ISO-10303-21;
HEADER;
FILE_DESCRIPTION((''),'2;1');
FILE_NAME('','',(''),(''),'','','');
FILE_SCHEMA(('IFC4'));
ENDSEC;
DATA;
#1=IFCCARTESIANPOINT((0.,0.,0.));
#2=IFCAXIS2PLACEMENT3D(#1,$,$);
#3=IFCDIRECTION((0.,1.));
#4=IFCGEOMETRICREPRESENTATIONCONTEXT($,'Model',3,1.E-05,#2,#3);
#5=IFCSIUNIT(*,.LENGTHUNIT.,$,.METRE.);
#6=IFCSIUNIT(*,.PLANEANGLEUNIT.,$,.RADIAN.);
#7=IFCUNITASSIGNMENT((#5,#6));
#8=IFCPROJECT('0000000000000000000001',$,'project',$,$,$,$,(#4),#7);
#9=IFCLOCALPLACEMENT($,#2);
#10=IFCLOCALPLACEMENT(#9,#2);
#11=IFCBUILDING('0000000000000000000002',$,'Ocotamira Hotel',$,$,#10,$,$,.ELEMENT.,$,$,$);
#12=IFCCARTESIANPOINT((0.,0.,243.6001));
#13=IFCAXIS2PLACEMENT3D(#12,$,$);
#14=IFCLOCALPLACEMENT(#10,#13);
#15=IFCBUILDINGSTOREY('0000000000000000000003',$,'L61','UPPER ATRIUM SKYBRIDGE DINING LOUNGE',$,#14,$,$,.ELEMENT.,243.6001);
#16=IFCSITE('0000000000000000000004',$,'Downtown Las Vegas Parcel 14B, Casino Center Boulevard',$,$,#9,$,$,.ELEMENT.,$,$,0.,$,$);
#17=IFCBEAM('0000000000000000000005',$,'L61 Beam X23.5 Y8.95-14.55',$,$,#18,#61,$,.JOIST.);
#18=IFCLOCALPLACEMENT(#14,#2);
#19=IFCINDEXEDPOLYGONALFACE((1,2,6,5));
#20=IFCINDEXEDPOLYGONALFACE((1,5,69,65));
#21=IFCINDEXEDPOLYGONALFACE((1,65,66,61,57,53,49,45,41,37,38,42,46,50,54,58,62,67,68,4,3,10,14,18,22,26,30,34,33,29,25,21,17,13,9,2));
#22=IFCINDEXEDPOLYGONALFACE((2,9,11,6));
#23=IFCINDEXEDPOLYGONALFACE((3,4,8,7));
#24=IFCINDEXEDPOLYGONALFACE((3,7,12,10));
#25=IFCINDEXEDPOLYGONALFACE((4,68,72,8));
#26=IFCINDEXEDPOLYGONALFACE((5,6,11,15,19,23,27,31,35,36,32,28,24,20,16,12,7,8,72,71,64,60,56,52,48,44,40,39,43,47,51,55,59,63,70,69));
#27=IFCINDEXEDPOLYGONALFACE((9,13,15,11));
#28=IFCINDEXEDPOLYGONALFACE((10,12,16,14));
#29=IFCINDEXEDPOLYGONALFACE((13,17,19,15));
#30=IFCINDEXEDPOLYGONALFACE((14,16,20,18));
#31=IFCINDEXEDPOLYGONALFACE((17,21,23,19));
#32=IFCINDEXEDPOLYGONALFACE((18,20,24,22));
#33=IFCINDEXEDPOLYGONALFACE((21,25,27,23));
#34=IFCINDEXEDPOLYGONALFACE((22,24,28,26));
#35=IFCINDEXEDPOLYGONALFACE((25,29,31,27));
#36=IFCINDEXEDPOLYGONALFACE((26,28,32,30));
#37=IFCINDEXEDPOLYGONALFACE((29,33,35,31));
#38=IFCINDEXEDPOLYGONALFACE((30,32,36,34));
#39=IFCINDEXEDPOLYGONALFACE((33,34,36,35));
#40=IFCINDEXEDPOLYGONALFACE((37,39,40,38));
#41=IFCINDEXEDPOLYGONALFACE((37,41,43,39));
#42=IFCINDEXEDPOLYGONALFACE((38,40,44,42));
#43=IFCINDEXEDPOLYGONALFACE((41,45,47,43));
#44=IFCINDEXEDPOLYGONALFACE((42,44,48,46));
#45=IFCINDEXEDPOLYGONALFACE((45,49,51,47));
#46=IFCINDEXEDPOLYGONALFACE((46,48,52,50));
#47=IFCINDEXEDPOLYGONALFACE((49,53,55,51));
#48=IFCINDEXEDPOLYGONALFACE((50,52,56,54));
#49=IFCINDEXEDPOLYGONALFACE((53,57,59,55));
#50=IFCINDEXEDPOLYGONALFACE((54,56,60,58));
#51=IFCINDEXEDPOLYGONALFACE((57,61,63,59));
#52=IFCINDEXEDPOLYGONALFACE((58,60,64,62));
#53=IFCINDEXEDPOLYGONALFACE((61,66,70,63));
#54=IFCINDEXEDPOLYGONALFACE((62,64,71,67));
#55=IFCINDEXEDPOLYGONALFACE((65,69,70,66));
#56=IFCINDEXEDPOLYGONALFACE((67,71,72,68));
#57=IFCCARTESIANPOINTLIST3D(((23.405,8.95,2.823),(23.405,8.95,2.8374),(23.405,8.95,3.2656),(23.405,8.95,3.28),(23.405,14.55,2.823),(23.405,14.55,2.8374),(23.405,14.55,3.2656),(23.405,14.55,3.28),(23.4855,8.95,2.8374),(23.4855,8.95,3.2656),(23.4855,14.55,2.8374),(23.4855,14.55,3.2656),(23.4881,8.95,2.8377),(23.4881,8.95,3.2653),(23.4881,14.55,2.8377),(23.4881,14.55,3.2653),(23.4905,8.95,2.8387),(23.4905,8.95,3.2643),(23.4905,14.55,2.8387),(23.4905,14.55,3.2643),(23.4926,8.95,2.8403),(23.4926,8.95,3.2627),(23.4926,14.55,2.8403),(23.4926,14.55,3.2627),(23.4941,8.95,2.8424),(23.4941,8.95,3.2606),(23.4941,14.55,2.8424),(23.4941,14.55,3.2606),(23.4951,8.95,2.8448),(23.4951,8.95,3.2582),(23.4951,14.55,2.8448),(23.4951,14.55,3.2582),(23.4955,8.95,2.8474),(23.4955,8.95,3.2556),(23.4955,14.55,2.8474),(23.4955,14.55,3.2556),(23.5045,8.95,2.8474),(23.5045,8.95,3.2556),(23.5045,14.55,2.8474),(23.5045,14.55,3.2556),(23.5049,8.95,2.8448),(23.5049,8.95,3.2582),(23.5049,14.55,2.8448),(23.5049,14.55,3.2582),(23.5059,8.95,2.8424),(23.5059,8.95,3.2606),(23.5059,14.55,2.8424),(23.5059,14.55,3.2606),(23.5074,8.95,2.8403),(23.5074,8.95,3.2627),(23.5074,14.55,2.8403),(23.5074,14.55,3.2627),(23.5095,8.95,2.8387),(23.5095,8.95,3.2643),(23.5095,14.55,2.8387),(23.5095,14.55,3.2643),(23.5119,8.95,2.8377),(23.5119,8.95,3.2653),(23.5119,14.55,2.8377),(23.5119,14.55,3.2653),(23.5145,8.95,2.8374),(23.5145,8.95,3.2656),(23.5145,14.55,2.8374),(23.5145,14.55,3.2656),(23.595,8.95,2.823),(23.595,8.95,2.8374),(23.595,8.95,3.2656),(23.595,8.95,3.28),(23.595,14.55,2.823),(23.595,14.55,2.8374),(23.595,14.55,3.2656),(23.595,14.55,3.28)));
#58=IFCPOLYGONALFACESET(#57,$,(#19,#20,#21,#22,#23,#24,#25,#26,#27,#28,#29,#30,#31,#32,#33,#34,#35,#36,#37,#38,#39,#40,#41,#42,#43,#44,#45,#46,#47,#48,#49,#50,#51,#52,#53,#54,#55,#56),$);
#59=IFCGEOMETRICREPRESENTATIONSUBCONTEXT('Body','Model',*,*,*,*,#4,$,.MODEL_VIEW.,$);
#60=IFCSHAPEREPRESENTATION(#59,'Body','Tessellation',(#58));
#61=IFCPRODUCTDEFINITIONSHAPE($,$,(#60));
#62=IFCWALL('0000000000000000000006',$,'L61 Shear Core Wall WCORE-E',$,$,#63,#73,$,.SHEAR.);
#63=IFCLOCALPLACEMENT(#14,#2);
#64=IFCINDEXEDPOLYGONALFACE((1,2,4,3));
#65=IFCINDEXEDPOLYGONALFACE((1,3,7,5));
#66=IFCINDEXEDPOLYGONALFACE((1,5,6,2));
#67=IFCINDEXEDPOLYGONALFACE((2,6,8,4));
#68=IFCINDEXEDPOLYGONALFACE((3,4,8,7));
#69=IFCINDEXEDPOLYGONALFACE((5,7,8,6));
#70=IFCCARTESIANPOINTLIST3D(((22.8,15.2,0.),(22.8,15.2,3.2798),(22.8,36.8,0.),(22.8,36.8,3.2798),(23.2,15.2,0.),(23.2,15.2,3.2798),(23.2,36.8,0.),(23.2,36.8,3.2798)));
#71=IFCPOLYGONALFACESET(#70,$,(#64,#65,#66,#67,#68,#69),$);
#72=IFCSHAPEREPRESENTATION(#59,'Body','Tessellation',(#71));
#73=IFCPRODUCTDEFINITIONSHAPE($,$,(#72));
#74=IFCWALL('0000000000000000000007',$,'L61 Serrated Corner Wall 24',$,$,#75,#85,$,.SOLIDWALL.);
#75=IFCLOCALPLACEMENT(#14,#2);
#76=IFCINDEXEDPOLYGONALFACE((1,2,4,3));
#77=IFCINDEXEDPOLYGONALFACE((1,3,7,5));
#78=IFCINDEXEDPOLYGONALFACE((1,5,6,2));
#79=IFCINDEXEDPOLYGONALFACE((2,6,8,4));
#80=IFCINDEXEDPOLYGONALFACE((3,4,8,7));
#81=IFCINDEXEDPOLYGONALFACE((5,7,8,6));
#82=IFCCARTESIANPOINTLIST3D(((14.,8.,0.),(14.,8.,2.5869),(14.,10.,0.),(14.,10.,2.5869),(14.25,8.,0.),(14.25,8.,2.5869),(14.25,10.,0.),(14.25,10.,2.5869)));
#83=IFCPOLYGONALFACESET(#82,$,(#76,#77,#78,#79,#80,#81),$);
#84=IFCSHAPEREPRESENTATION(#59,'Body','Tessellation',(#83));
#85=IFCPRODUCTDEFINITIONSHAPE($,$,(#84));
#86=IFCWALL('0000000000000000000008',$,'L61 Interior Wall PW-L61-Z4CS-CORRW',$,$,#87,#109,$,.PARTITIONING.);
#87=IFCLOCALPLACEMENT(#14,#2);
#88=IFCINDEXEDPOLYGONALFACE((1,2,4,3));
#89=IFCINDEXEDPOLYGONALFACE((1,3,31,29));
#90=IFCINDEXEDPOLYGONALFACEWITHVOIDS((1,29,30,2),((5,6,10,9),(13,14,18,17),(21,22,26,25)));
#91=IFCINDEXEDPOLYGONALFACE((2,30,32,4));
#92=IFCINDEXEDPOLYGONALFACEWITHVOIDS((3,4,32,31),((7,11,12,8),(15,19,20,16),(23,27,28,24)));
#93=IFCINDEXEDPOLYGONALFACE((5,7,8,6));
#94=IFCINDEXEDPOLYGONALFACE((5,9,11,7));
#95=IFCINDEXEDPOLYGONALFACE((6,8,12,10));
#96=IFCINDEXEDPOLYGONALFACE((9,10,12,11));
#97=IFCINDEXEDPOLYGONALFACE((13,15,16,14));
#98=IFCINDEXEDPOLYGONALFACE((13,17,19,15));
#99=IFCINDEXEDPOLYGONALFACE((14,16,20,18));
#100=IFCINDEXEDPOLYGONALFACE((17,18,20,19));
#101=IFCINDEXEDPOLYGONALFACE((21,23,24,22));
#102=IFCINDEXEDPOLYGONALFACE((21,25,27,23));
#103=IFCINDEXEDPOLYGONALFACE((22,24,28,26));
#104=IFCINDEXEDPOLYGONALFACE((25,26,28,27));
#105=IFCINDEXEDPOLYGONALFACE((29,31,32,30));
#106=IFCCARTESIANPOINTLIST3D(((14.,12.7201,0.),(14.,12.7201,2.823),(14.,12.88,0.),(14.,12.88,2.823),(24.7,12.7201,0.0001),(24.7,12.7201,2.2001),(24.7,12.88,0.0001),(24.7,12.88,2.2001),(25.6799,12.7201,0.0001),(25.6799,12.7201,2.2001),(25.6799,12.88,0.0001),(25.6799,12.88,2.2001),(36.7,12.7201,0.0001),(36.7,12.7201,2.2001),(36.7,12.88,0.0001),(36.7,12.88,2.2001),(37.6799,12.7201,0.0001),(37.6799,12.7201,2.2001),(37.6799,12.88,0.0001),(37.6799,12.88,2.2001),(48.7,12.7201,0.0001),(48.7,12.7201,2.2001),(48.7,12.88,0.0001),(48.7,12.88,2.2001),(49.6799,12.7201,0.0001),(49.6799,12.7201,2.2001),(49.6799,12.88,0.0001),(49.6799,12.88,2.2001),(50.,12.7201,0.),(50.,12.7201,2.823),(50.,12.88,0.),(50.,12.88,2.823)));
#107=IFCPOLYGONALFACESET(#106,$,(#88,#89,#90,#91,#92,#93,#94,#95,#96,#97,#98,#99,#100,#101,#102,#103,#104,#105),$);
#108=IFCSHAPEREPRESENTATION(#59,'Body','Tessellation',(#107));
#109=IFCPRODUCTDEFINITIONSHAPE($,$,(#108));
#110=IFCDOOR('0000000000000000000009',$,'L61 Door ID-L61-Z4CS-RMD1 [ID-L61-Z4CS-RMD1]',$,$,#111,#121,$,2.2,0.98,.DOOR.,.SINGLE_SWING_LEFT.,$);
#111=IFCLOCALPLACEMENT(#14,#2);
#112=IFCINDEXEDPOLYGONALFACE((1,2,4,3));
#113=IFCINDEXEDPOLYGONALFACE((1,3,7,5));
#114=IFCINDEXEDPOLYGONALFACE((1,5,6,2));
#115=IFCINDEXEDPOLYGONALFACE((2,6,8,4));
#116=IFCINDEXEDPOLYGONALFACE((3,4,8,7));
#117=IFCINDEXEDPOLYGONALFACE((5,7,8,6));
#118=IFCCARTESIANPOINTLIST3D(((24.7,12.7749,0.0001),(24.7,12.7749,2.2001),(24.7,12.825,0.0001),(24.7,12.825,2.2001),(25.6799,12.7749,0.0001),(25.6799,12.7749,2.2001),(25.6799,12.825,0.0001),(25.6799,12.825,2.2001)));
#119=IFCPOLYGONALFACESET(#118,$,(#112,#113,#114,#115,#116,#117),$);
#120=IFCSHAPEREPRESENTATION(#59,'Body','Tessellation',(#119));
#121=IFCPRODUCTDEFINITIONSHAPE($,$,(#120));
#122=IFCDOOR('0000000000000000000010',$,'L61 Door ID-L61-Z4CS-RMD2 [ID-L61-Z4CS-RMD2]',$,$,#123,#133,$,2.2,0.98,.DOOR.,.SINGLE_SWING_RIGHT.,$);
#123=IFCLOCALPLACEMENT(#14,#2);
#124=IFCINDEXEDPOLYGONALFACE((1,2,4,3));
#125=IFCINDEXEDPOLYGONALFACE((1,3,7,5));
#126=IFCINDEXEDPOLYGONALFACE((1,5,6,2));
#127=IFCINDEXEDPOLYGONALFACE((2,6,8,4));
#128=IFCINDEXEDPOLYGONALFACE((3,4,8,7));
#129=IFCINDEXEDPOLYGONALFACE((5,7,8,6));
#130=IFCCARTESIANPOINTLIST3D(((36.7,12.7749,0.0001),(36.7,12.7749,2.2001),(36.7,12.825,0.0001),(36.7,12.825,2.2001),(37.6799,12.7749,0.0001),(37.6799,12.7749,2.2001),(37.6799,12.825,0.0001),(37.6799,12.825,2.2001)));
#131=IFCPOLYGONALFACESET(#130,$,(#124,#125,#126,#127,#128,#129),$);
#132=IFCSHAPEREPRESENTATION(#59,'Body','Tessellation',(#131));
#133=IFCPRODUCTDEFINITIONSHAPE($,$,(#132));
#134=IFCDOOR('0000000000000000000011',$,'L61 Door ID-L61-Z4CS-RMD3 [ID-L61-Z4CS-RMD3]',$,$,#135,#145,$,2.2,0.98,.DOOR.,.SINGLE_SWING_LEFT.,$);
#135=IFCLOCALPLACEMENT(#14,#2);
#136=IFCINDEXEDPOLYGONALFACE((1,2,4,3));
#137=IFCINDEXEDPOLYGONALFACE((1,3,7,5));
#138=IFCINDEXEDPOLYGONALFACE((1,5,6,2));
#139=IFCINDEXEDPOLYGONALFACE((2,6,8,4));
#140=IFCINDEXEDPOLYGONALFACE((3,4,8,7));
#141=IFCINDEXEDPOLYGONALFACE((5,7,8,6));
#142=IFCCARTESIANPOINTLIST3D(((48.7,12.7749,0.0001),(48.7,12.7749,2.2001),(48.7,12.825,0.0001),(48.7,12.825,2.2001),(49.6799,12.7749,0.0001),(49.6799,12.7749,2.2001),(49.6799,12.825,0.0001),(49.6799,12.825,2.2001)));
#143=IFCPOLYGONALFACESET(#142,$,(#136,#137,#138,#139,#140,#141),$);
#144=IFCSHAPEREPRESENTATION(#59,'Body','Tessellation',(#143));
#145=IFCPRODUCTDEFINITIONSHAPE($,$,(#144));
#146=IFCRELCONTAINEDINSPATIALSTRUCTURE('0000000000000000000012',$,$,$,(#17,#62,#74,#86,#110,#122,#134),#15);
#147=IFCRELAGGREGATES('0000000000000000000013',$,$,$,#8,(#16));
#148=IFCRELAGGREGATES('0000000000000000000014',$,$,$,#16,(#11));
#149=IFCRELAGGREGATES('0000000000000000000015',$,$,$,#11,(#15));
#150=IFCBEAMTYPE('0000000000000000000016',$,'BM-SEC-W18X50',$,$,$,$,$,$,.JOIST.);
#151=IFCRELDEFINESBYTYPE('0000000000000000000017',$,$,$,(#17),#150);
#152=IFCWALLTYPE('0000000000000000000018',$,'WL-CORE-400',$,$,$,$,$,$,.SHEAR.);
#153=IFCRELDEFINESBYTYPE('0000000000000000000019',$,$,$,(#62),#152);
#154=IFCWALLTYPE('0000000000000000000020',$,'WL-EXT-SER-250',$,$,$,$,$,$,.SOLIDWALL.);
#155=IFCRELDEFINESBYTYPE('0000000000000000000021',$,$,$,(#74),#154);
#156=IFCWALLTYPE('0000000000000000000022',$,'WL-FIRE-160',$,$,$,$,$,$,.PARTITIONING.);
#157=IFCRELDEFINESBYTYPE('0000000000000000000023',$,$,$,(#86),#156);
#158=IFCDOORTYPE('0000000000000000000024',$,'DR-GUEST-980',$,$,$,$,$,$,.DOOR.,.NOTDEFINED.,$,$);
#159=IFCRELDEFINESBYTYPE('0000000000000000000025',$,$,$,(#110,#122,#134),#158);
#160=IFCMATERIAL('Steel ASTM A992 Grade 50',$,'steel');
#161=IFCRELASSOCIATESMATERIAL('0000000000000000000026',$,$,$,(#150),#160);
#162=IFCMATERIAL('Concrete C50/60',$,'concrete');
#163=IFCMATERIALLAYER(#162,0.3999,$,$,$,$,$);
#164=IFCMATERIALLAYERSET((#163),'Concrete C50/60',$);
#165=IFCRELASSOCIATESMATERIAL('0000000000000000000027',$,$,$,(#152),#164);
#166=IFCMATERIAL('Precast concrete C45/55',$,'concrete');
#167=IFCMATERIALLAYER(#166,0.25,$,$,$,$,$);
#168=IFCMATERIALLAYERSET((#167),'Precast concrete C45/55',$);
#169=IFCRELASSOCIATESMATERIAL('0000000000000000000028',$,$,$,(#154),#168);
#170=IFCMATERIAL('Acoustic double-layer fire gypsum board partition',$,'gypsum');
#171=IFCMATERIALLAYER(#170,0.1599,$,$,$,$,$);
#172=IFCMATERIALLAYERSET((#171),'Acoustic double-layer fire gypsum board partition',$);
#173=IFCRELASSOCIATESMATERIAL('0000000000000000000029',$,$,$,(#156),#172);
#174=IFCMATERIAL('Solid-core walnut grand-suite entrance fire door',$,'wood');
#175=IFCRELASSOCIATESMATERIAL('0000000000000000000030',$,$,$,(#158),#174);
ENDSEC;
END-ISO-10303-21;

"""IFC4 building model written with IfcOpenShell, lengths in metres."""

from ifc_helpers import new_model, si_unit, direction, frame, frame_2d, origin, origin_2d, place, context, subcontext, project, spatial, rectangle, i_section, extrude, source, transform, mapped, material, layer, layer_set, material_profile, profile_set, type_object, element, fill, save


model = new_model("IFC4")

# Units and contexts
model_context = context("Model", 3, precision=1e-05, world=origin(), true_north=direction((0.0, 1.0)))
body_context = subcontext(model_context, "Body", "Model", "MODEL_VIEW")
ifc_project = project(units=[si_unit("LENGTHUNIT", "METRE"), si_unit("PLANEANGLEUNIT", "RADIAN")], contexts=[model_context])

# Site, building, storey
site_placement = place(None, origin())
site = spatial("IfcSite", under=ifc_project, at=site_placement, Name="Downtown Las Vegas Parcel 14B, Casino Center Boulevard", CompositionType="ELEMENT", RefElevation=0.0)
building_placement = place(site_placement, origin())
building = spatial("IfcBuilding", under=site, at=building_placement, Name="Ocotamira Hotel", CompositionType="ELEMENT")
storey_placement = place(building_placement, frame((0.0, 0.0, 243.6001)))
storey = spatial("IfcBuildingStorey", under=building, at=storey_placement, Name="L61", Description="UPPER ATRIUM SKYBRIDGE DINING LOUNGE", CompositionType="ELEMENT", Elevation=243.6001)

# Shared definitions
ifc_material_1 = material(Name="Steel ASTM A992 Grade 50", Category="steel")

# Beam
ifc_material_profile_1 = material_profile(ifc_material_1, i_section(OverallWidth=0.1899, OverallDepth=0.457, WebThickness=0.009, FlangeThickness=0.0144, FilletRadius=0.01, at=origin_2d()), Name="W18X50")
ifc_profile_set_1 = profile_set([ifc_material_profile_1], Name="Steel ASTM A992 Grade 50")
beam_type_1 = type_object("IfcBeamType", Name="BM-SEC-W18X50", PredefinedType="JOIST", material=ifc_profile_set_1)
shared_shape_1 = source(origin(), body_context, "Body", "SweptSolid", [
    extrude(i_section(OverallWidth=0.1899, OverallDepth=0.457, WebThickness=0.009, FlangeThickness=0.0144, FilletRadius=0.01, at=origin_2d()), origin(), (0.0, 0.0, 1.0), 5.6001),
])
beam_1_placement = place(storey_placement, frame((23.5, 8.95, 3.0515), z_axis=(0.0, 1.0, 0.0), x_axis=(-1.0, 0.0, 0.0)))
element("IfcBeam", 1, at=beam_1_placement, inside=storey, type_object=beam_type_1, Name="L61 Beam X23.5 Y8.95-14.55", PredefinedType="JOIST", context=body_context, shape_type="MappedRepresentation", body=[
    mapped(shared_shape_1, transform((0.0, 0.0, 0.0), scale=1.0)),
])

# Walls
ifc_material_2 = material(Name="Concrete C50/60", Category="concrete")
ifc_layer_1 = layer(ifc_material_2, 0.3999)
ifc_layer_set_1 = layer_set([ifc_layer_1], Name="Concrete C50/60")
wall_type_1 = type_object("IfcWallType", Name="WL-CORE-400", PredefinedType="SHEAR", material=ifc_layer_set_1)
wall_1_placement = place(storey_placement, frame((23.0, 15.2, 0.0), z_axis=(0.0, 0.0, 1.0), x_axis=(0.0, 1.0, 0.0)))
element("IfcWall", 2, at=wall_1_placement, inside=storey, type_object=wall_type_1, Name="L61 Shear Core Wall WCORE-E", PredefinedType="SHEAR", context=body_context, shape_type="SweptSolid", body=[
    extrude(rectangle(XDim=21.6001, YDim=0.3999, at=frame_2d((10.8, 0.0))), origin(), (0.0, 0.0, 1.0), 3.2798),
])
ifc_material_3 = material(Name="Precast concrete C45/55", Category="concrete")
ifc_layer_2 = layer(ifc_material_3, 0.25)
ifc_layer_set_2 = layer_set([ifc_layer_2], Name="Precast concrete C45/55")
wall_type_2 = type_object("IfcWallType", Name="WL-EXT-SER-250", PredefinedType="SOLIDWALL", material=ifc_layer_set_2)
wall_2_placement = place(storey_placement, frame((14.125, 10.0, 0.0), z_axis=(0.0, 0.0, 1.0), x_axis=(0.0, -1.0, 0.0)))
element("IfcWall", 3, at=wall_2_placement, inside=storey, type_object=wall_type_2, Name="L61 Serrated Corner Wall 24", PredefinedType="SOLIDWALL", context=body_context, shape_type="SweptSolid", body=[
    extrude(rectangle(XDim=2.0, YDim=0.25, at=frame_2d((1.0, 0.0))), origin(), (0.0, 0.0, 1.0), 2.5869),
])

# Wall, openings, doors
ifc_material_4 = material(Name="Acoustic double-layer fire gypsum board partition", Category="gypsum")
ifc_layer_3 = layer(ifc_material_4, 0.1599)
ifc_layer_set_3 = layer_set([ifc_layer_3], Name="Acoustic double-layer fire gypsum board partition")
wall_type_3 = type_object("IfcWallType", Name="WL-FIRE-160", PredefinedType="PARTITIONING", material=ifc_layer_set_3)
wall_3_placement = place(storey_placement, frame((14.0, 12.8, 0.0), z_axis=(0.0, 0.0, 1.0), x_axis=(1.0, 0.0, 0.0)))
wall_3 = element("IfcWall", 4, at=wall_3_placement, inside=storey, type_object=wall_type_3, Name="L61 Interior Wall PW-L61-Z4CS-CORRW", PredefinedType="PARTITIONING", context=body_context, shape_type="SweptSolid", body=[
    extrude(rectangle(XDim=36.0, YDim=0.1599, at=frame_2d((18.0, 0.0))), origin(), (0.0, 0.0, 1.0), 2.823),
])
opening_1_placement = place(wall_3_placement, frame((10.7, 0.0, 0.0)))
opening_1 = element("IfcOpeningElement", 5, at=opening_1_placement, cuts=wall_3, PredefinedType="OPENING", context=body_context, shape_type="SweptSolid", body=[
    extrude(rectangle(XDim=0.98, YDim=2.2, at=frame_2d((0.49, 1.1001))), frame((0.0, 0.0898, 0.0), z_axis=(0.0, -1.0, 0.0), x_axis=(1.0, 0.0, 0.0)), (0.0, 0.0, 1.0), 0.1799),
])
opening_2_placement = place(wall_3_placement, frame((22.7, 0.0, 0.0)))
opening_2 = element("IfcOpeningElement", 6, at=opening_2_placement, cuts=wall_3, PredefinedType="OPENING", context=body_context, shape_type="SweptSolid", body=[
    extrude(rectangle(XDim=0.98, YDim=2.2, at=frame_2d((0.49, 1.1001))), frame((0.0, 0.0898, 0.0), z_axis=(0.0, -1.0, 0.0), x_axis=(1.0, 0.0, 0.0)), (0.0, 0.0, 1.0), 0.1799),
])
opening_3_placement = place(wall_3_placement, frame((34.7, 0.0, 0.0)))
opening_3 = element("IfcOpeningElement", 7, at=opening_3_placement, cuts=wall_3, PredefinedType="OPENING", context=body_context, shape_type="SweptSolid", body=[
    extrude(rectangle(XDim=0.98, YDim=2.2, at=frame_2d((0.49, 1.1001))), frame((0.0, 0.0898, 0.0), z_axis=(0.0, -1.0, 0.0), x_axis=(1.0, 0.0, 0.0)), (0.0, 0.0, 1.0), 0.1799),
])
ifc_material_5 = material(Name="Solid-core walnut grand-suite entrance fire door", Category="wood")
door_type_1 = type_object("IfcDoorType", Name="DR-GUEST-980", OperationType="NOTDEFINED", PredefinedType="DOOR", material=ifc_material_5)
shared_shape_2 = source(origin(), body_context, "Body", "SweptSolid", [
    extrude(rectangle(XDim=0.98, YDim=2.2, at=frame_2d((0.49, 1.1001))), frame((0.0, 0.0249, 0.0), z_axis=(0.0, -1.0, 0.0), x_axis=(1.0, 0.0, 0.0)), (0.0, 0.0, 1.0), 0.05),
])
door_1_placement = place(opening_1_placement, origin())
door_1 = element("IfcDoor", 8, at=door_1_placement, inside=storey, type_object=door_type_1, Name="L61 Door ID-L61-Z4CS-RMD1 [ID-L61-Z4CS-RMD1]", OperationType="SINGLE_SWING_LEFT", OverallHeight=2.2, OverallWidth=0.98, PredefinedType="DOOR", context=body_context, shape_type="MappedRepresentation", body=[
    mapped(shared_shape_2, transform((0.0, 0.0, 0.0), scale=1.0)),
])
fill(opening_1, door_1)
door_2_placement = place(opening_2_placement, origin())
door_2 = element("IfcDoor", 9, at=door_2_placement, inside=storey, type_object=door_type_1, Name="L61 Door ID-L61-Z4CS-RMD2 [ID-L61-Z4CS-RMD2]", OperationType="SINGLE_SWING_RIGHT", OverallHeight=2.2, OverallWidth=0.98, PredefinedType="DOOR", context=body_context, shape_type="MappedRepresentation", body=[
    mapped(shared_shape_2, transform((0.0, 0.0, 0.0), scale=1.0)),
])
fill(opening_2, door_2)
door_3_placement = place(opening_3_placement, origin())
door_3 = element("IfcDoor", 10, at=door_3_placement, inside=storey, type_object=door_type_1, Name="L61 Door ID-L61-Z4CS-RMD3 [ID-L61-Z4CS-RMD3]", OperationType="SINGLE_SWING_LEFT", OverallHeight=2.2, OverallWidth=0.98, PredefinedType="DOOR", context=body_context, shape_type="MappedRepresentation", body=[
    mapped(shared_shape_2, transform((0.0, 0.0, 0.0), scale=1.0)),
])
fill(opening_3, door_3)

save(model, "model.ifc")
